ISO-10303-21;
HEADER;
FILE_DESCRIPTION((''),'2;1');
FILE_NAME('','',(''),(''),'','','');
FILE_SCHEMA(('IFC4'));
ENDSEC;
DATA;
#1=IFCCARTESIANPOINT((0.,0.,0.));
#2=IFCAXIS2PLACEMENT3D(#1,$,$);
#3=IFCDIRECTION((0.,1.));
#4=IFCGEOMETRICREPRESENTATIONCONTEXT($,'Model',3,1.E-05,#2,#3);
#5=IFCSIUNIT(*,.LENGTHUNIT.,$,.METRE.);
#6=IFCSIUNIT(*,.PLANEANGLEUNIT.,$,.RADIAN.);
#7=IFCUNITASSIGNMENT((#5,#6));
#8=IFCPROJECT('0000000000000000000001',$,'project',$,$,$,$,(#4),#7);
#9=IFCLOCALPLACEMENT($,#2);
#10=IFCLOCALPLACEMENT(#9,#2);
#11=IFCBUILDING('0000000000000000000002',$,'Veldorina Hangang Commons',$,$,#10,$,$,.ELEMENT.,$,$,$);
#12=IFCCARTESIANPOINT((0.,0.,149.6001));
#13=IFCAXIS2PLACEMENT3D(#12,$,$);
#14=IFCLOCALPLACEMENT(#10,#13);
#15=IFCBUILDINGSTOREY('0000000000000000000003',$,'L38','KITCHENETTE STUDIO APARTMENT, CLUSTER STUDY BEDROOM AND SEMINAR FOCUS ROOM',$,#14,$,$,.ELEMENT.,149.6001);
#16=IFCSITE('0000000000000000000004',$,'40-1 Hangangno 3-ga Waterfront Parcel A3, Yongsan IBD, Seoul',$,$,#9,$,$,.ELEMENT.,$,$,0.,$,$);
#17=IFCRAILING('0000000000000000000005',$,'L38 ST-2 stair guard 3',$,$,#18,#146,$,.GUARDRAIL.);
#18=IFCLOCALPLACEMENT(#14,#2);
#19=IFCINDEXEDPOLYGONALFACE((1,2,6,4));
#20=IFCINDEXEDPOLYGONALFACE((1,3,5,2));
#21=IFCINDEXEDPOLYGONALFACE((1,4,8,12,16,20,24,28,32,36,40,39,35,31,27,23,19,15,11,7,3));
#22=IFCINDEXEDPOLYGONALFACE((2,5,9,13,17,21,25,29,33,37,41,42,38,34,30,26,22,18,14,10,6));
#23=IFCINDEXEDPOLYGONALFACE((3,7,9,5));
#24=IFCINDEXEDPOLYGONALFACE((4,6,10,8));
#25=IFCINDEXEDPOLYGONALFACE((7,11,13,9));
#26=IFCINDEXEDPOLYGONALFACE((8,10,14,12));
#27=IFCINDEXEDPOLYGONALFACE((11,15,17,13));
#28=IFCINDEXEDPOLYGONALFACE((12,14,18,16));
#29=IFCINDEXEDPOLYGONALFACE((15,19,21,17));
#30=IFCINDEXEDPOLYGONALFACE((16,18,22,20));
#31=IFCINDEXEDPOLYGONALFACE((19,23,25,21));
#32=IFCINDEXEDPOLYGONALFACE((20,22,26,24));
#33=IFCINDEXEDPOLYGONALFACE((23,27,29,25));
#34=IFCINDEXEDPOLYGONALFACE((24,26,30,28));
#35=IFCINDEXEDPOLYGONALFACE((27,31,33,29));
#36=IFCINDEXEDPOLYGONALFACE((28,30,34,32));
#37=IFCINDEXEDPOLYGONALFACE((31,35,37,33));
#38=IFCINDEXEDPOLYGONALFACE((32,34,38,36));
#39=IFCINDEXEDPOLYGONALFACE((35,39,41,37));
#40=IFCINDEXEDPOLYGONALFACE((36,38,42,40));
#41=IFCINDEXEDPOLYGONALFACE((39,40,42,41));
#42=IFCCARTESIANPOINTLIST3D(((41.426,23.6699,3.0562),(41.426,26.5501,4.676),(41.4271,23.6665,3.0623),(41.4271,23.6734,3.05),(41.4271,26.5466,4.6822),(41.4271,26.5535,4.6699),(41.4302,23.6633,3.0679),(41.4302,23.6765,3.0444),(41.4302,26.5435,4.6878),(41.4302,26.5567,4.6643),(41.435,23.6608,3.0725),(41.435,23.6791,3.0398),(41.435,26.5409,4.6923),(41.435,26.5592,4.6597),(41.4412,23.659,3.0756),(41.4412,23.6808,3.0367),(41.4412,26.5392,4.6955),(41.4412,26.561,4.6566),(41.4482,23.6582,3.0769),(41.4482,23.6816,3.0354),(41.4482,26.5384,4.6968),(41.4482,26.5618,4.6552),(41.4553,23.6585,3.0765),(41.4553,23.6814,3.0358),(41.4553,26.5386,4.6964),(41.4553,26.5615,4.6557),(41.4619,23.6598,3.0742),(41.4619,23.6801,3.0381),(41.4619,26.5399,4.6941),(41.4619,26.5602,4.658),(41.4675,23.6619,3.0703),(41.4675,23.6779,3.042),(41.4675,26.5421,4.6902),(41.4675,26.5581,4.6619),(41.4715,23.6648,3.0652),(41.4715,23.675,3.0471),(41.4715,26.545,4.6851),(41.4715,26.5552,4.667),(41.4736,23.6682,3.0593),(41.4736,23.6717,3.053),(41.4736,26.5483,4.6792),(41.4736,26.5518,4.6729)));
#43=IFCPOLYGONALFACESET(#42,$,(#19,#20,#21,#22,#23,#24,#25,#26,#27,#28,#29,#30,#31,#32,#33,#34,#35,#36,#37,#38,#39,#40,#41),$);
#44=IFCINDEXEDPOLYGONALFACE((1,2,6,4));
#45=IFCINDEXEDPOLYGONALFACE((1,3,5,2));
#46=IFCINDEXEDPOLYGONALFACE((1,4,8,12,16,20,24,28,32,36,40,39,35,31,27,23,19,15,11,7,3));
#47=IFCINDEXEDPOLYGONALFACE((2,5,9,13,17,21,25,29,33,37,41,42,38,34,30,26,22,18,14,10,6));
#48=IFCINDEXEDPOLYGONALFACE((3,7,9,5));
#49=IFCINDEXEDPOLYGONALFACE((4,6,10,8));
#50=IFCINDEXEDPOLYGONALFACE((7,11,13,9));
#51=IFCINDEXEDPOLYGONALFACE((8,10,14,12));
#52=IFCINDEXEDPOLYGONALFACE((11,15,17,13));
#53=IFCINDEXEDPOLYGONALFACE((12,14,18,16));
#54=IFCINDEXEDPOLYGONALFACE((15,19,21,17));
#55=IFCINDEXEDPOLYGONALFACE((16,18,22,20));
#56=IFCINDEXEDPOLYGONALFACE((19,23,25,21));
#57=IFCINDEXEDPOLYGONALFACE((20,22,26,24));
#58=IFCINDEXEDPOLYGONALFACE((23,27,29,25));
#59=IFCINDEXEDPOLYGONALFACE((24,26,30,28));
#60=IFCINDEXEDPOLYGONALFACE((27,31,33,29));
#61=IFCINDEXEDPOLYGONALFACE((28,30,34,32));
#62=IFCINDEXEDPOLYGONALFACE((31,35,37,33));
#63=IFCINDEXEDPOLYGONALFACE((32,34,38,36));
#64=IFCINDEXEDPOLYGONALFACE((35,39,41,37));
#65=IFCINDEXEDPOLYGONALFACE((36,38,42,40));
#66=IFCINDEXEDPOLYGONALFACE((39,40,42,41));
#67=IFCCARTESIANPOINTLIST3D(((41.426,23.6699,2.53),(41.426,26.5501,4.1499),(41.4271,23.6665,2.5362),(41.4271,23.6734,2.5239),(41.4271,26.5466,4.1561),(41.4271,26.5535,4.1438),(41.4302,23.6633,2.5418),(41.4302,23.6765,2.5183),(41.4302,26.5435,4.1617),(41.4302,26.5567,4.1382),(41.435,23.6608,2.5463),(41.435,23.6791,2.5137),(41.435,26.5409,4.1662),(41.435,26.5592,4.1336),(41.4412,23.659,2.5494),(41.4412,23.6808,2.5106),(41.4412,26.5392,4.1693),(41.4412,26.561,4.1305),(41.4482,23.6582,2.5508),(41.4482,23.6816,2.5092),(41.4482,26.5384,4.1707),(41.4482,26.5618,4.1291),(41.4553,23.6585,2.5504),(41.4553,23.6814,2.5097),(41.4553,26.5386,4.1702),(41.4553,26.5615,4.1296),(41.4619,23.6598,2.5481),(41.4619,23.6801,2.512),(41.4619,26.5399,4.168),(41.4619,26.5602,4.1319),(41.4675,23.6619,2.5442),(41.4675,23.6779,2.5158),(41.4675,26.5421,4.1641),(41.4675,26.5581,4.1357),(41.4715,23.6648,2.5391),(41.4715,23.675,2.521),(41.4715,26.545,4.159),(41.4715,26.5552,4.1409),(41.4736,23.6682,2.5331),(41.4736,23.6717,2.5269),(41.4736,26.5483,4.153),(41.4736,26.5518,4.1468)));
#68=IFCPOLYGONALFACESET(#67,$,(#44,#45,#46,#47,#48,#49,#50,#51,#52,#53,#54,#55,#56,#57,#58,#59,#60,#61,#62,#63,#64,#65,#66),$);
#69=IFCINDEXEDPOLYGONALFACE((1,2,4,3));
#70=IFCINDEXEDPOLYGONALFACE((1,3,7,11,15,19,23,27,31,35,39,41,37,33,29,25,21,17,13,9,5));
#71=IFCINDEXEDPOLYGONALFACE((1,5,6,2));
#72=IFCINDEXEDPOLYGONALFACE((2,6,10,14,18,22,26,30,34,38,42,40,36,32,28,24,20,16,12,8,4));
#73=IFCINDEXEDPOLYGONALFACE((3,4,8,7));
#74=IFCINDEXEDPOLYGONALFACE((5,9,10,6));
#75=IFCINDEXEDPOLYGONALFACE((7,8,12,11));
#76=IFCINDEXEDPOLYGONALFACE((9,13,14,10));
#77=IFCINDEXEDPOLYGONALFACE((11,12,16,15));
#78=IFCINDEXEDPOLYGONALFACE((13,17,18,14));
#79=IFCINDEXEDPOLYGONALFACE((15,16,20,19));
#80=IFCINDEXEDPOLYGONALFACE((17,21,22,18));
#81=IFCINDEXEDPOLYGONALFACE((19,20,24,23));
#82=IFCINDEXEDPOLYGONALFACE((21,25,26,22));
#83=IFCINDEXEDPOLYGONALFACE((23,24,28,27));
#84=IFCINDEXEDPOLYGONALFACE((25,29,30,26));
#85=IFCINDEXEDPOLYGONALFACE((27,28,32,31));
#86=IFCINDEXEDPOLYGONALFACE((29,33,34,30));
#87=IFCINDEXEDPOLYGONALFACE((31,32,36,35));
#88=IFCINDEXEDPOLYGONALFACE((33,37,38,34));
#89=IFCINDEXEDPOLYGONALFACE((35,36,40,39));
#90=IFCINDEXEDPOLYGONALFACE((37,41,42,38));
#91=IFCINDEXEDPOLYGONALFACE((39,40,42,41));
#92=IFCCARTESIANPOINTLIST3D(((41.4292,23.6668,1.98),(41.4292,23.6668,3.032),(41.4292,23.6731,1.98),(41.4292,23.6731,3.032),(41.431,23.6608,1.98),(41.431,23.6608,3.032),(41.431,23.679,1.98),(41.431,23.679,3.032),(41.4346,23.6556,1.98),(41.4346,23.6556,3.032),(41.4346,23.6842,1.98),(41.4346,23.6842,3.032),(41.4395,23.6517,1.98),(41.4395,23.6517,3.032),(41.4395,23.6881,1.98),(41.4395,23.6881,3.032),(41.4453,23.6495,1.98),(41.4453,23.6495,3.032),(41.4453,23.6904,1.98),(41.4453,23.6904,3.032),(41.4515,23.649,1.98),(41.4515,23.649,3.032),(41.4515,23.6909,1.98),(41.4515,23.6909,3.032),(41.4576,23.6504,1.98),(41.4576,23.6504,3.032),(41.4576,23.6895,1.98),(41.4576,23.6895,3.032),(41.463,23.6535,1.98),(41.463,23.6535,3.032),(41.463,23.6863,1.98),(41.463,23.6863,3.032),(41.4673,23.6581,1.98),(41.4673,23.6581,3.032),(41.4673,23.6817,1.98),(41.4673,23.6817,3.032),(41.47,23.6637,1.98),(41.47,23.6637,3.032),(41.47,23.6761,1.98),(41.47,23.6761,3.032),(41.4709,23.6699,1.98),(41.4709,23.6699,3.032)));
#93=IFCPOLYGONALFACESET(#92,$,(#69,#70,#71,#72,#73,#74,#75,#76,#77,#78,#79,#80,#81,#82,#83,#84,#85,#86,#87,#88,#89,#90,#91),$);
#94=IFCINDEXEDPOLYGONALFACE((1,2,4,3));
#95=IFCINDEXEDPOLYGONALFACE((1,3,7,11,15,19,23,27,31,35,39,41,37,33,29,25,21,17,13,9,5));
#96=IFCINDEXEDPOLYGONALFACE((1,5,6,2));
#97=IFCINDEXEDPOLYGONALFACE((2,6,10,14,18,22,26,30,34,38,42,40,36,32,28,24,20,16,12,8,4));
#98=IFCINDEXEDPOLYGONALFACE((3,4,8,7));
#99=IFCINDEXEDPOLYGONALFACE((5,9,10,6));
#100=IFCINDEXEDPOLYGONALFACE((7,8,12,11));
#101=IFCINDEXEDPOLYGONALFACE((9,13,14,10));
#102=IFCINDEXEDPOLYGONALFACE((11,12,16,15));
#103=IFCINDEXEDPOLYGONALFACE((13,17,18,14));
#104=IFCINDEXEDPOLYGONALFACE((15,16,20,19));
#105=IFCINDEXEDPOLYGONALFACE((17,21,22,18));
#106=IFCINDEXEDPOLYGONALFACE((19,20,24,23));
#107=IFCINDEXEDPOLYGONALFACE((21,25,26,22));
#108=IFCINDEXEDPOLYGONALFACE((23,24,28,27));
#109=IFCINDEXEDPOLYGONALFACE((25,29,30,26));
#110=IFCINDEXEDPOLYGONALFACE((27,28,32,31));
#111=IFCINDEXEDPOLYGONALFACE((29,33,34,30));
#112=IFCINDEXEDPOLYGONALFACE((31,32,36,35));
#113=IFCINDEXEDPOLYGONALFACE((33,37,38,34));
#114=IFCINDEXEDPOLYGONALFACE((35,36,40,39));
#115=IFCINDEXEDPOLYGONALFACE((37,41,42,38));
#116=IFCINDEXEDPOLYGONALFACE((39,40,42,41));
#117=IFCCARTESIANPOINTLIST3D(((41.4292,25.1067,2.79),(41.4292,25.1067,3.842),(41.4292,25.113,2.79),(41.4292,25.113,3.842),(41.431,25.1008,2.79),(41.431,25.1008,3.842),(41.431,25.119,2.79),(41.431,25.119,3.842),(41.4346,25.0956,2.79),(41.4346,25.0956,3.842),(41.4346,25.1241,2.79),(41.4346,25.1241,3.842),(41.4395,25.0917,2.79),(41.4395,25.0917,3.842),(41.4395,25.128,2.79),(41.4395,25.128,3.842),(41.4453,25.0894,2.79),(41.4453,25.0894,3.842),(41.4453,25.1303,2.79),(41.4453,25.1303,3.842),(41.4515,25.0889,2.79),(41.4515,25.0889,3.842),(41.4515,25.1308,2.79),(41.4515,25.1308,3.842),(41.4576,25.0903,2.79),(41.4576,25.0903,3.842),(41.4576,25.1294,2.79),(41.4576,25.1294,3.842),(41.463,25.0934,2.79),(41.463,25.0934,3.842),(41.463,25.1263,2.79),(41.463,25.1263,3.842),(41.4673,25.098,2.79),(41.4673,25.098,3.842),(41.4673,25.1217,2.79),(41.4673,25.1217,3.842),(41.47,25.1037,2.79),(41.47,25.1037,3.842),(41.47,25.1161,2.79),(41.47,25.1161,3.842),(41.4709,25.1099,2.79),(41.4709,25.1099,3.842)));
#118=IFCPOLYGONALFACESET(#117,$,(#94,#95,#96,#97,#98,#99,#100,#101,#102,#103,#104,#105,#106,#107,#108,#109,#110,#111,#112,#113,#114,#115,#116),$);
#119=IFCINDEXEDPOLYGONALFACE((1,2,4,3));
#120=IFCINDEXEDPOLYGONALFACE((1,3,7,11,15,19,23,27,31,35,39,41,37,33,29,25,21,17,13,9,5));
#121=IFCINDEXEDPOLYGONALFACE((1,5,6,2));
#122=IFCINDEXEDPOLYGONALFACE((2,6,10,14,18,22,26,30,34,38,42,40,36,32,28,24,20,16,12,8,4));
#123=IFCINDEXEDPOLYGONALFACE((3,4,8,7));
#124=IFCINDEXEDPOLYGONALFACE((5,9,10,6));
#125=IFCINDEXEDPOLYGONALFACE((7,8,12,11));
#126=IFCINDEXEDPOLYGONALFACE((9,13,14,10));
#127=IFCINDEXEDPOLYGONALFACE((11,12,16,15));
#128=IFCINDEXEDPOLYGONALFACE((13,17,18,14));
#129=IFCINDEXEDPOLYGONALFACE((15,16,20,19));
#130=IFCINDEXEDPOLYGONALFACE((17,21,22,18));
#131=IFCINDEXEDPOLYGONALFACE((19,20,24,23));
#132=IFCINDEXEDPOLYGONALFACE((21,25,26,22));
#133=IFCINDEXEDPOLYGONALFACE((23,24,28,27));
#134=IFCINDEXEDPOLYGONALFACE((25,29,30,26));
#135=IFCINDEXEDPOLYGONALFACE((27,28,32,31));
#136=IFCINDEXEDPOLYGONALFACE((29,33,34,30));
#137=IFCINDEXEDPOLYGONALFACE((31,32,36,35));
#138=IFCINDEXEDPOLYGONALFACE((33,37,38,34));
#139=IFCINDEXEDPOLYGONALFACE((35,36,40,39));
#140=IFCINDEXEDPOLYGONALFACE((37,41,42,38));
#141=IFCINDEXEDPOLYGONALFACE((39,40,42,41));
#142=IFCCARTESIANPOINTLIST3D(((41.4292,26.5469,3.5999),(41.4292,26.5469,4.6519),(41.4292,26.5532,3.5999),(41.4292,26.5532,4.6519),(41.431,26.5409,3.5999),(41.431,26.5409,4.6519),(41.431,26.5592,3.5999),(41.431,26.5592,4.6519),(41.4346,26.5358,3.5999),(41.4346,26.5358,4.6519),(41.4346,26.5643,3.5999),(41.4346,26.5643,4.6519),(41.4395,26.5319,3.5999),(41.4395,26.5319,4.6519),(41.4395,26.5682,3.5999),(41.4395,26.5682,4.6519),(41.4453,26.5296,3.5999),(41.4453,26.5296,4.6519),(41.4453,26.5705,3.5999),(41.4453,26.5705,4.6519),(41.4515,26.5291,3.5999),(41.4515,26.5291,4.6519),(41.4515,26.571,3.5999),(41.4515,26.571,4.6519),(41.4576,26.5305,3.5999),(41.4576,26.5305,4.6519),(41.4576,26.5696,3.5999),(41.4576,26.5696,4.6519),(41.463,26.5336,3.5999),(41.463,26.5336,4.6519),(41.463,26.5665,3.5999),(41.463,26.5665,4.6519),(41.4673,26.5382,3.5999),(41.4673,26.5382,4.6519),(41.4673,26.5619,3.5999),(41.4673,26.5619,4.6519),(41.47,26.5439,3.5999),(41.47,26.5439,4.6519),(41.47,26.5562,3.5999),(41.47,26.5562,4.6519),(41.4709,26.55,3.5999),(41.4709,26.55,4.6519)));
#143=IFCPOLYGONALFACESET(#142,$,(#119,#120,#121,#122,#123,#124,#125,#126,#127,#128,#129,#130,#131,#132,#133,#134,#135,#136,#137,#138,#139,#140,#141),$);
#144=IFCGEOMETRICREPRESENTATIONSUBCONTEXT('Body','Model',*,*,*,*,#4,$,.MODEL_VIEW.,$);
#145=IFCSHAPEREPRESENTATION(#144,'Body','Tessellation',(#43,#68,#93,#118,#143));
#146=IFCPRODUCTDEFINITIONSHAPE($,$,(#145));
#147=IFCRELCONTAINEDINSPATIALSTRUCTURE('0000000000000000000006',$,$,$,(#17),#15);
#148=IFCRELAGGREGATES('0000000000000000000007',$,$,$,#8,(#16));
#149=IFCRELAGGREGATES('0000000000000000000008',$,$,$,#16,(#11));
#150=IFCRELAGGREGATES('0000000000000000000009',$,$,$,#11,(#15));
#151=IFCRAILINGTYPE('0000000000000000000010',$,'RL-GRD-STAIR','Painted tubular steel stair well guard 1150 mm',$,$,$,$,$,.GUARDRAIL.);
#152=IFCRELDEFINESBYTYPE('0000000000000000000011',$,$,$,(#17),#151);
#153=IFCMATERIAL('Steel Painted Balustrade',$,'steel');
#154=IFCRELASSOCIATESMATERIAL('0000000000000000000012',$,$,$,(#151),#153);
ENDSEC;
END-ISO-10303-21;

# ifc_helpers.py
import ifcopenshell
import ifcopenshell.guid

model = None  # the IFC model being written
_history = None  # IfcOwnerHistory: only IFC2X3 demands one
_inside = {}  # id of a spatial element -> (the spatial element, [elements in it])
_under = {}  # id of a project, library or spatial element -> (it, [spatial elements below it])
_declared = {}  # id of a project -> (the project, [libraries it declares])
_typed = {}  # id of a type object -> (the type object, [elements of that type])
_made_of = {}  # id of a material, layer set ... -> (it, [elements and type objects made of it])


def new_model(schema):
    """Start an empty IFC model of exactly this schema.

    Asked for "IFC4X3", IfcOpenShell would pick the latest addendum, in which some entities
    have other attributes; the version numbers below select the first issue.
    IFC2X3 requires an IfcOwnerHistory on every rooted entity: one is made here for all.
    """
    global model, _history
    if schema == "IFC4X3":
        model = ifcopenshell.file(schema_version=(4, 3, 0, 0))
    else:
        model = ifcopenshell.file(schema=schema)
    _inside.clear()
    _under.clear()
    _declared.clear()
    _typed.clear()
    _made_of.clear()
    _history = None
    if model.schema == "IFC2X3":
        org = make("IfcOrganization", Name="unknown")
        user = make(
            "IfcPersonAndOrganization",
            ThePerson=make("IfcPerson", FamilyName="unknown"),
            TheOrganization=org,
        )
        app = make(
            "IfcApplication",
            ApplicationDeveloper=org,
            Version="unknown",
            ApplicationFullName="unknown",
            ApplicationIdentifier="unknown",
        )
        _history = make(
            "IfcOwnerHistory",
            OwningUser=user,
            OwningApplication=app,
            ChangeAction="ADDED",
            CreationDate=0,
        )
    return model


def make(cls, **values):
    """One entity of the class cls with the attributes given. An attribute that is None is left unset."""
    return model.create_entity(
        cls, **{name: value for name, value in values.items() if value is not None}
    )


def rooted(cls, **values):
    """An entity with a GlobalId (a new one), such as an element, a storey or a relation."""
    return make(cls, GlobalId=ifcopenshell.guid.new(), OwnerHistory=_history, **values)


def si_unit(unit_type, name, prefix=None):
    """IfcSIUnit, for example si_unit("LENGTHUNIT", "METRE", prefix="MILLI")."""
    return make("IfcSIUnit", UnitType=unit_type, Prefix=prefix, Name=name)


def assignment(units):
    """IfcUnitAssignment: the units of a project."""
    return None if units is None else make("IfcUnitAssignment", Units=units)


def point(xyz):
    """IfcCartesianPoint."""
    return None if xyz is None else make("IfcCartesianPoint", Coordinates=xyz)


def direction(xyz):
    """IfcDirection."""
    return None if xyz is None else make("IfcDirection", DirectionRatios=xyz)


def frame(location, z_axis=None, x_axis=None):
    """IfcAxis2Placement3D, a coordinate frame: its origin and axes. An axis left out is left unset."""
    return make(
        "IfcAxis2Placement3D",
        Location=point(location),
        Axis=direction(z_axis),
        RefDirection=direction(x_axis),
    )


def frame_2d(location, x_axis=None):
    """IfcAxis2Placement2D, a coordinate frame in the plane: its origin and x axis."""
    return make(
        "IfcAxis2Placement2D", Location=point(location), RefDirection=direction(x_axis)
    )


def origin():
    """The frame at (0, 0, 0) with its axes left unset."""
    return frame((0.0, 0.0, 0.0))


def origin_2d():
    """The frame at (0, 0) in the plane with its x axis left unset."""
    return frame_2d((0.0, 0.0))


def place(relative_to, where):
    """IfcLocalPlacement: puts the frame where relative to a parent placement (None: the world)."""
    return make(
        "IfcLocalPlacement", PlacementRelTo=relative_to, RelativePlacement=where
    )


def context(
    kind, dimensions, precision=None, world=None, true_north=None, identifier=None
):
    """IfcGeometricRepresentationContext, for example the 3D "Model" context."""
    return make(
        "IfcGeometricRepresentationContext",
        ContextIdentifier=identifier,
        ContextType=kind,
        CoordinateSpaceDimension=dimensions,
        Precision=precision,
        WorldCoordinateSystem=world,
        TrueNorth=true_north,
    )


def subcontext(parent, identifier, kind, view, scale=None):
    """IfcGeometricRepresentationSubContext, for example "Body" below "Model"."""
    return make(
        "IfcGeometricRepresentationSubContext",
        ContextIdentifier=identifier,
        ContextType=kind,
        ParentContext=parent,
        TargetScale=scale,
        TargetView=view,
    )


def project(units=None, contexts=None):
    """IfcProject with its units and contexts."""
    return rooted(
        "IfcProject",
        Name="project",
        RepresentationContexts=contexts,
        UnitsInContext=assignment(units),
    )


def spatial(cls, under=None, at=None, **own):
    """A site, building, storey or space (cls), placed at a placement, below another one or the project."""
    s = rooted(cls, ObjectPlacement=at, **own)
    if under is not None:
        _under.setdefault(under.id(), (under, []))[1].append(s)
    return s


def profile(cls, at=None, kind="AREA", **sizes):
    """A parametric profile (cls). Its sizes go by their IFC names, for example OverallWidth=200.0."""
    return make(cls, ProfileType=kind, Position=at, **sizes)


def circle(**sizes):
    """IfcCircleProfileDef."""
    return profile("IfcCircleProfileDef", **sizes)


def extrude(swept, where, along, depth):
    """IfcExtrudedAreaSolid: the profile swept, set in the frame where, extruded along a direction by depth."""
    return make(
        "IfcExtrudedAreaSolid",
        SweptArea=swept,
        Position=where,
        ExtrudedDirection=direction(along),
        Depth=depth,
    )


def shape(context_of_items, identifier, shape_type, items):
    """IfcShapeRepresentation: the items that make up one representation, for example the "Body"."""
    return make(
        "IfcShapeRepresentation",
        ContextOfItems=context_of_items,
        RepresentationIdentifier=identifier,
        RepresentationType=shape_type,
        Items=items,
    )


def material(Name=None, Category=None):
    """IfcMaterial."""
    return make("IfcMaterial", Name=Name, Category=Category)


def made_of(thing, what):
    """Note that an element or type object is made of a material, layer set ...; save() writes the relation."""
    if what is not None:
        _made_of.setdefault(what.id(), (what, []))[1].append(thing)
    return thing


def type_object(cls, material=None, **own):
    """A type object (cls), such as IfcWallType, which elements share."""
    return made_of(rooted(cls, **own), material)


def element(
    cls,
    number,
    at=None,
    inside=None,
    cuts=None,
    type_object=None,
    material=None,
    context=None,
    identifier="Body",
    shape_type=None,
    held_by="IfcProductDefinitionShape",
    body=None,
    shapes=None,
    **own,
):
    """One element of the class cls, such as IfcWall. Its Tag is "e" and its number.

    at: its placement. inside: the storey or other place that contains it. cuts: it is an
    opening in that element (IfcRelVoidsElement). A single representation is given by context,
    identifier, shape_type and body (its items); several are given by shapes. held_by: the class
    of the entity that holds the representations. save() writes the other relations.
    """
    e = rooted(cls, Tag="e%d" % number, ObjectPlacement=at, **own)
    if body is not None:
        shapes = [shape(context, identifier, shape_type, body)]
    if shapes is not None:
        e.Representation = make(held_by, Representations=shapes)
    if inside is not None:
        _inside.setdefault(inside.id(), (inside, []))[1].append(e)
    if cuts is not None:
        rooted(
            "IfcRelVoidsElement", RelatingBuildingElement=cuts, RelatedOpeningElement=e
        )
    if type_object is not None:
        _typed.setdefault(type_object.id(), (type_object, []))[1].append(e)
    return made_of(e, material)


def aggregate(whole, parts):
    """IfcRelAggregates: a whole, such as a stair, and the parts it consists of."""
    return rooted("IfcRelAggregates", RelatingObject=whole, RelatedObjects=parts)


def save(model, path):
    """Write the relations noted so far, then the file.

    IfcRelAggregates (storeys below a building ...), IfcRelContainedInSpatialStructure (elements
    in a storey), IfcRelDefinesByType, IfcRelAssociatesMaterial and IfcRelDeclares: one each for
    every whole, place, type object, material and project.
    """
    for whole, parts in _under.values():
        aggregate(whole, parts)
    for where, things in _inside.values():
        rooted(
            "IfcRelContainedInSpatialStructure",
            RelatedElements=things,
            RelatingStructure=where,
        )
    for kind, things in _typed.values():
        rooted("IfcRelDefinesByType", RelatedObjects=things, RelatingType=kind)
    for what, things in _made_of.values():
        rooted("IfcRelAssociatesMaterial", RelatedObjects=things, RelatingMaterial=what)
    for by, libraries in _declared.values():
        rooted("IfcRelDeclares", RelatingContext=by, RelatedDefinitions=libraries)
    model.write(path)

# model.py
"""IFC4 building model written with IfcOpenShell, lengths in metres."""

from ifc_helpers import new_model, si_unit, direction, frame, origin, origin_2d, place, context, subcontext, project, spatial, circle, extrude, material, type_object, element, save


model = new_model("IFC4")

# Units and contexts
model_context = context("Model", 3, precision=1e-05, world=origin(), true_north=direction((0.0, 1.0)))
body_context = subcontext(model_context, "Body", "Model", "MODEL_VIEW")
ifc_project = project(units=[si_unit("LENGTHUNIT", "METRE"), si_unit("PLANEANGLEUNIT", "RADIAN")], contexts=[model_context])

# Site, building, storey
site_placement = place(None, origin())
site = spatial("IfcSite", under=ifc_project, at=site_placement, Name="40-1 Hangangno 3-ga Waterfront Parcel A3, Yongsan IBD, Seoul", CompositionType="ELEMENT", RefElevation=0.0)
building_placement = place(site_placement, origin())
building = spatial("IfcBuilding", under=site, at=building_placement, Name="Veldorina Hangang Commons", CompositionType="ELEMENT")
storey_placement = place(building_placement, frame((0.0, 0.0, 149.6001)))
storey = spatial("IfcBuildingStorey", under=building, at=storey_placement, Name="L38", Description="KITCHENETTE STUDIO APARTMENT, CLUSTER STUDY BEDROOM AND SEMINAR FOCUS ROOM", CompositionType="ELEMENT", Elevation=149.6001)

# Railing
ifc_material_1 = material(Name="Steel Painted Balustrade", Category="steel")
railing_type_1 = type_object("IfcRailingType", Name="RL-GRD-STAIR", Description="Painted tubular steel stair well guard 1150 mm", PredefinedType="GUARDRAIL", material=ifc_material_1)
railing_1_placement = place(storey_placement, frame((41.45, 23.6699, 1.98)))
element("IfcRailing", 1, at=railing_1_placement, inside=storey, type_object=railing_type_1, Name="L38 ST-2 stair guard 3", PredefinedType="GUARDRAIL", context=body_context, shape_type="SweptSolid", body=[
    extrude(circle(Radius=0.0239, at=origin_2d()), frame((0.0, 0.0, 1.0762), z_axis=(0.0, 0.871601, 0.490216), x_axis=(-1.0, 0.0, 0.0)), (0.0, 0.0, 1.0), 3.3044),
    extrude(circle(Radius=0.0239, at=origin_2d()), frame((0.0, 0.0, 0.55), z_axis=(0.0, 0.871601, 0.490216), x_axis=(-1.0, 0.0, 0.0)), (0.0, 0.0, 1.0), 3.3044),
    extrude(circle(Radius=0.021, at=origin_2d()), origin(), (0.0, 0.0, 1.0), 1.052),
    extrude(circle(Radius=0.021, at=origin_2d()), frame((0.0, 1.4399, 0.8101)), (0.0, 0.0, 1.0), 1.052),
    extrude(circle(Radius=0.021, at=origin_2d()), frame((0.0, 2.8801, 1.6199)), (0.0, 0.0, 1.0), 1.052),
])

save(model, "model.ifc")
